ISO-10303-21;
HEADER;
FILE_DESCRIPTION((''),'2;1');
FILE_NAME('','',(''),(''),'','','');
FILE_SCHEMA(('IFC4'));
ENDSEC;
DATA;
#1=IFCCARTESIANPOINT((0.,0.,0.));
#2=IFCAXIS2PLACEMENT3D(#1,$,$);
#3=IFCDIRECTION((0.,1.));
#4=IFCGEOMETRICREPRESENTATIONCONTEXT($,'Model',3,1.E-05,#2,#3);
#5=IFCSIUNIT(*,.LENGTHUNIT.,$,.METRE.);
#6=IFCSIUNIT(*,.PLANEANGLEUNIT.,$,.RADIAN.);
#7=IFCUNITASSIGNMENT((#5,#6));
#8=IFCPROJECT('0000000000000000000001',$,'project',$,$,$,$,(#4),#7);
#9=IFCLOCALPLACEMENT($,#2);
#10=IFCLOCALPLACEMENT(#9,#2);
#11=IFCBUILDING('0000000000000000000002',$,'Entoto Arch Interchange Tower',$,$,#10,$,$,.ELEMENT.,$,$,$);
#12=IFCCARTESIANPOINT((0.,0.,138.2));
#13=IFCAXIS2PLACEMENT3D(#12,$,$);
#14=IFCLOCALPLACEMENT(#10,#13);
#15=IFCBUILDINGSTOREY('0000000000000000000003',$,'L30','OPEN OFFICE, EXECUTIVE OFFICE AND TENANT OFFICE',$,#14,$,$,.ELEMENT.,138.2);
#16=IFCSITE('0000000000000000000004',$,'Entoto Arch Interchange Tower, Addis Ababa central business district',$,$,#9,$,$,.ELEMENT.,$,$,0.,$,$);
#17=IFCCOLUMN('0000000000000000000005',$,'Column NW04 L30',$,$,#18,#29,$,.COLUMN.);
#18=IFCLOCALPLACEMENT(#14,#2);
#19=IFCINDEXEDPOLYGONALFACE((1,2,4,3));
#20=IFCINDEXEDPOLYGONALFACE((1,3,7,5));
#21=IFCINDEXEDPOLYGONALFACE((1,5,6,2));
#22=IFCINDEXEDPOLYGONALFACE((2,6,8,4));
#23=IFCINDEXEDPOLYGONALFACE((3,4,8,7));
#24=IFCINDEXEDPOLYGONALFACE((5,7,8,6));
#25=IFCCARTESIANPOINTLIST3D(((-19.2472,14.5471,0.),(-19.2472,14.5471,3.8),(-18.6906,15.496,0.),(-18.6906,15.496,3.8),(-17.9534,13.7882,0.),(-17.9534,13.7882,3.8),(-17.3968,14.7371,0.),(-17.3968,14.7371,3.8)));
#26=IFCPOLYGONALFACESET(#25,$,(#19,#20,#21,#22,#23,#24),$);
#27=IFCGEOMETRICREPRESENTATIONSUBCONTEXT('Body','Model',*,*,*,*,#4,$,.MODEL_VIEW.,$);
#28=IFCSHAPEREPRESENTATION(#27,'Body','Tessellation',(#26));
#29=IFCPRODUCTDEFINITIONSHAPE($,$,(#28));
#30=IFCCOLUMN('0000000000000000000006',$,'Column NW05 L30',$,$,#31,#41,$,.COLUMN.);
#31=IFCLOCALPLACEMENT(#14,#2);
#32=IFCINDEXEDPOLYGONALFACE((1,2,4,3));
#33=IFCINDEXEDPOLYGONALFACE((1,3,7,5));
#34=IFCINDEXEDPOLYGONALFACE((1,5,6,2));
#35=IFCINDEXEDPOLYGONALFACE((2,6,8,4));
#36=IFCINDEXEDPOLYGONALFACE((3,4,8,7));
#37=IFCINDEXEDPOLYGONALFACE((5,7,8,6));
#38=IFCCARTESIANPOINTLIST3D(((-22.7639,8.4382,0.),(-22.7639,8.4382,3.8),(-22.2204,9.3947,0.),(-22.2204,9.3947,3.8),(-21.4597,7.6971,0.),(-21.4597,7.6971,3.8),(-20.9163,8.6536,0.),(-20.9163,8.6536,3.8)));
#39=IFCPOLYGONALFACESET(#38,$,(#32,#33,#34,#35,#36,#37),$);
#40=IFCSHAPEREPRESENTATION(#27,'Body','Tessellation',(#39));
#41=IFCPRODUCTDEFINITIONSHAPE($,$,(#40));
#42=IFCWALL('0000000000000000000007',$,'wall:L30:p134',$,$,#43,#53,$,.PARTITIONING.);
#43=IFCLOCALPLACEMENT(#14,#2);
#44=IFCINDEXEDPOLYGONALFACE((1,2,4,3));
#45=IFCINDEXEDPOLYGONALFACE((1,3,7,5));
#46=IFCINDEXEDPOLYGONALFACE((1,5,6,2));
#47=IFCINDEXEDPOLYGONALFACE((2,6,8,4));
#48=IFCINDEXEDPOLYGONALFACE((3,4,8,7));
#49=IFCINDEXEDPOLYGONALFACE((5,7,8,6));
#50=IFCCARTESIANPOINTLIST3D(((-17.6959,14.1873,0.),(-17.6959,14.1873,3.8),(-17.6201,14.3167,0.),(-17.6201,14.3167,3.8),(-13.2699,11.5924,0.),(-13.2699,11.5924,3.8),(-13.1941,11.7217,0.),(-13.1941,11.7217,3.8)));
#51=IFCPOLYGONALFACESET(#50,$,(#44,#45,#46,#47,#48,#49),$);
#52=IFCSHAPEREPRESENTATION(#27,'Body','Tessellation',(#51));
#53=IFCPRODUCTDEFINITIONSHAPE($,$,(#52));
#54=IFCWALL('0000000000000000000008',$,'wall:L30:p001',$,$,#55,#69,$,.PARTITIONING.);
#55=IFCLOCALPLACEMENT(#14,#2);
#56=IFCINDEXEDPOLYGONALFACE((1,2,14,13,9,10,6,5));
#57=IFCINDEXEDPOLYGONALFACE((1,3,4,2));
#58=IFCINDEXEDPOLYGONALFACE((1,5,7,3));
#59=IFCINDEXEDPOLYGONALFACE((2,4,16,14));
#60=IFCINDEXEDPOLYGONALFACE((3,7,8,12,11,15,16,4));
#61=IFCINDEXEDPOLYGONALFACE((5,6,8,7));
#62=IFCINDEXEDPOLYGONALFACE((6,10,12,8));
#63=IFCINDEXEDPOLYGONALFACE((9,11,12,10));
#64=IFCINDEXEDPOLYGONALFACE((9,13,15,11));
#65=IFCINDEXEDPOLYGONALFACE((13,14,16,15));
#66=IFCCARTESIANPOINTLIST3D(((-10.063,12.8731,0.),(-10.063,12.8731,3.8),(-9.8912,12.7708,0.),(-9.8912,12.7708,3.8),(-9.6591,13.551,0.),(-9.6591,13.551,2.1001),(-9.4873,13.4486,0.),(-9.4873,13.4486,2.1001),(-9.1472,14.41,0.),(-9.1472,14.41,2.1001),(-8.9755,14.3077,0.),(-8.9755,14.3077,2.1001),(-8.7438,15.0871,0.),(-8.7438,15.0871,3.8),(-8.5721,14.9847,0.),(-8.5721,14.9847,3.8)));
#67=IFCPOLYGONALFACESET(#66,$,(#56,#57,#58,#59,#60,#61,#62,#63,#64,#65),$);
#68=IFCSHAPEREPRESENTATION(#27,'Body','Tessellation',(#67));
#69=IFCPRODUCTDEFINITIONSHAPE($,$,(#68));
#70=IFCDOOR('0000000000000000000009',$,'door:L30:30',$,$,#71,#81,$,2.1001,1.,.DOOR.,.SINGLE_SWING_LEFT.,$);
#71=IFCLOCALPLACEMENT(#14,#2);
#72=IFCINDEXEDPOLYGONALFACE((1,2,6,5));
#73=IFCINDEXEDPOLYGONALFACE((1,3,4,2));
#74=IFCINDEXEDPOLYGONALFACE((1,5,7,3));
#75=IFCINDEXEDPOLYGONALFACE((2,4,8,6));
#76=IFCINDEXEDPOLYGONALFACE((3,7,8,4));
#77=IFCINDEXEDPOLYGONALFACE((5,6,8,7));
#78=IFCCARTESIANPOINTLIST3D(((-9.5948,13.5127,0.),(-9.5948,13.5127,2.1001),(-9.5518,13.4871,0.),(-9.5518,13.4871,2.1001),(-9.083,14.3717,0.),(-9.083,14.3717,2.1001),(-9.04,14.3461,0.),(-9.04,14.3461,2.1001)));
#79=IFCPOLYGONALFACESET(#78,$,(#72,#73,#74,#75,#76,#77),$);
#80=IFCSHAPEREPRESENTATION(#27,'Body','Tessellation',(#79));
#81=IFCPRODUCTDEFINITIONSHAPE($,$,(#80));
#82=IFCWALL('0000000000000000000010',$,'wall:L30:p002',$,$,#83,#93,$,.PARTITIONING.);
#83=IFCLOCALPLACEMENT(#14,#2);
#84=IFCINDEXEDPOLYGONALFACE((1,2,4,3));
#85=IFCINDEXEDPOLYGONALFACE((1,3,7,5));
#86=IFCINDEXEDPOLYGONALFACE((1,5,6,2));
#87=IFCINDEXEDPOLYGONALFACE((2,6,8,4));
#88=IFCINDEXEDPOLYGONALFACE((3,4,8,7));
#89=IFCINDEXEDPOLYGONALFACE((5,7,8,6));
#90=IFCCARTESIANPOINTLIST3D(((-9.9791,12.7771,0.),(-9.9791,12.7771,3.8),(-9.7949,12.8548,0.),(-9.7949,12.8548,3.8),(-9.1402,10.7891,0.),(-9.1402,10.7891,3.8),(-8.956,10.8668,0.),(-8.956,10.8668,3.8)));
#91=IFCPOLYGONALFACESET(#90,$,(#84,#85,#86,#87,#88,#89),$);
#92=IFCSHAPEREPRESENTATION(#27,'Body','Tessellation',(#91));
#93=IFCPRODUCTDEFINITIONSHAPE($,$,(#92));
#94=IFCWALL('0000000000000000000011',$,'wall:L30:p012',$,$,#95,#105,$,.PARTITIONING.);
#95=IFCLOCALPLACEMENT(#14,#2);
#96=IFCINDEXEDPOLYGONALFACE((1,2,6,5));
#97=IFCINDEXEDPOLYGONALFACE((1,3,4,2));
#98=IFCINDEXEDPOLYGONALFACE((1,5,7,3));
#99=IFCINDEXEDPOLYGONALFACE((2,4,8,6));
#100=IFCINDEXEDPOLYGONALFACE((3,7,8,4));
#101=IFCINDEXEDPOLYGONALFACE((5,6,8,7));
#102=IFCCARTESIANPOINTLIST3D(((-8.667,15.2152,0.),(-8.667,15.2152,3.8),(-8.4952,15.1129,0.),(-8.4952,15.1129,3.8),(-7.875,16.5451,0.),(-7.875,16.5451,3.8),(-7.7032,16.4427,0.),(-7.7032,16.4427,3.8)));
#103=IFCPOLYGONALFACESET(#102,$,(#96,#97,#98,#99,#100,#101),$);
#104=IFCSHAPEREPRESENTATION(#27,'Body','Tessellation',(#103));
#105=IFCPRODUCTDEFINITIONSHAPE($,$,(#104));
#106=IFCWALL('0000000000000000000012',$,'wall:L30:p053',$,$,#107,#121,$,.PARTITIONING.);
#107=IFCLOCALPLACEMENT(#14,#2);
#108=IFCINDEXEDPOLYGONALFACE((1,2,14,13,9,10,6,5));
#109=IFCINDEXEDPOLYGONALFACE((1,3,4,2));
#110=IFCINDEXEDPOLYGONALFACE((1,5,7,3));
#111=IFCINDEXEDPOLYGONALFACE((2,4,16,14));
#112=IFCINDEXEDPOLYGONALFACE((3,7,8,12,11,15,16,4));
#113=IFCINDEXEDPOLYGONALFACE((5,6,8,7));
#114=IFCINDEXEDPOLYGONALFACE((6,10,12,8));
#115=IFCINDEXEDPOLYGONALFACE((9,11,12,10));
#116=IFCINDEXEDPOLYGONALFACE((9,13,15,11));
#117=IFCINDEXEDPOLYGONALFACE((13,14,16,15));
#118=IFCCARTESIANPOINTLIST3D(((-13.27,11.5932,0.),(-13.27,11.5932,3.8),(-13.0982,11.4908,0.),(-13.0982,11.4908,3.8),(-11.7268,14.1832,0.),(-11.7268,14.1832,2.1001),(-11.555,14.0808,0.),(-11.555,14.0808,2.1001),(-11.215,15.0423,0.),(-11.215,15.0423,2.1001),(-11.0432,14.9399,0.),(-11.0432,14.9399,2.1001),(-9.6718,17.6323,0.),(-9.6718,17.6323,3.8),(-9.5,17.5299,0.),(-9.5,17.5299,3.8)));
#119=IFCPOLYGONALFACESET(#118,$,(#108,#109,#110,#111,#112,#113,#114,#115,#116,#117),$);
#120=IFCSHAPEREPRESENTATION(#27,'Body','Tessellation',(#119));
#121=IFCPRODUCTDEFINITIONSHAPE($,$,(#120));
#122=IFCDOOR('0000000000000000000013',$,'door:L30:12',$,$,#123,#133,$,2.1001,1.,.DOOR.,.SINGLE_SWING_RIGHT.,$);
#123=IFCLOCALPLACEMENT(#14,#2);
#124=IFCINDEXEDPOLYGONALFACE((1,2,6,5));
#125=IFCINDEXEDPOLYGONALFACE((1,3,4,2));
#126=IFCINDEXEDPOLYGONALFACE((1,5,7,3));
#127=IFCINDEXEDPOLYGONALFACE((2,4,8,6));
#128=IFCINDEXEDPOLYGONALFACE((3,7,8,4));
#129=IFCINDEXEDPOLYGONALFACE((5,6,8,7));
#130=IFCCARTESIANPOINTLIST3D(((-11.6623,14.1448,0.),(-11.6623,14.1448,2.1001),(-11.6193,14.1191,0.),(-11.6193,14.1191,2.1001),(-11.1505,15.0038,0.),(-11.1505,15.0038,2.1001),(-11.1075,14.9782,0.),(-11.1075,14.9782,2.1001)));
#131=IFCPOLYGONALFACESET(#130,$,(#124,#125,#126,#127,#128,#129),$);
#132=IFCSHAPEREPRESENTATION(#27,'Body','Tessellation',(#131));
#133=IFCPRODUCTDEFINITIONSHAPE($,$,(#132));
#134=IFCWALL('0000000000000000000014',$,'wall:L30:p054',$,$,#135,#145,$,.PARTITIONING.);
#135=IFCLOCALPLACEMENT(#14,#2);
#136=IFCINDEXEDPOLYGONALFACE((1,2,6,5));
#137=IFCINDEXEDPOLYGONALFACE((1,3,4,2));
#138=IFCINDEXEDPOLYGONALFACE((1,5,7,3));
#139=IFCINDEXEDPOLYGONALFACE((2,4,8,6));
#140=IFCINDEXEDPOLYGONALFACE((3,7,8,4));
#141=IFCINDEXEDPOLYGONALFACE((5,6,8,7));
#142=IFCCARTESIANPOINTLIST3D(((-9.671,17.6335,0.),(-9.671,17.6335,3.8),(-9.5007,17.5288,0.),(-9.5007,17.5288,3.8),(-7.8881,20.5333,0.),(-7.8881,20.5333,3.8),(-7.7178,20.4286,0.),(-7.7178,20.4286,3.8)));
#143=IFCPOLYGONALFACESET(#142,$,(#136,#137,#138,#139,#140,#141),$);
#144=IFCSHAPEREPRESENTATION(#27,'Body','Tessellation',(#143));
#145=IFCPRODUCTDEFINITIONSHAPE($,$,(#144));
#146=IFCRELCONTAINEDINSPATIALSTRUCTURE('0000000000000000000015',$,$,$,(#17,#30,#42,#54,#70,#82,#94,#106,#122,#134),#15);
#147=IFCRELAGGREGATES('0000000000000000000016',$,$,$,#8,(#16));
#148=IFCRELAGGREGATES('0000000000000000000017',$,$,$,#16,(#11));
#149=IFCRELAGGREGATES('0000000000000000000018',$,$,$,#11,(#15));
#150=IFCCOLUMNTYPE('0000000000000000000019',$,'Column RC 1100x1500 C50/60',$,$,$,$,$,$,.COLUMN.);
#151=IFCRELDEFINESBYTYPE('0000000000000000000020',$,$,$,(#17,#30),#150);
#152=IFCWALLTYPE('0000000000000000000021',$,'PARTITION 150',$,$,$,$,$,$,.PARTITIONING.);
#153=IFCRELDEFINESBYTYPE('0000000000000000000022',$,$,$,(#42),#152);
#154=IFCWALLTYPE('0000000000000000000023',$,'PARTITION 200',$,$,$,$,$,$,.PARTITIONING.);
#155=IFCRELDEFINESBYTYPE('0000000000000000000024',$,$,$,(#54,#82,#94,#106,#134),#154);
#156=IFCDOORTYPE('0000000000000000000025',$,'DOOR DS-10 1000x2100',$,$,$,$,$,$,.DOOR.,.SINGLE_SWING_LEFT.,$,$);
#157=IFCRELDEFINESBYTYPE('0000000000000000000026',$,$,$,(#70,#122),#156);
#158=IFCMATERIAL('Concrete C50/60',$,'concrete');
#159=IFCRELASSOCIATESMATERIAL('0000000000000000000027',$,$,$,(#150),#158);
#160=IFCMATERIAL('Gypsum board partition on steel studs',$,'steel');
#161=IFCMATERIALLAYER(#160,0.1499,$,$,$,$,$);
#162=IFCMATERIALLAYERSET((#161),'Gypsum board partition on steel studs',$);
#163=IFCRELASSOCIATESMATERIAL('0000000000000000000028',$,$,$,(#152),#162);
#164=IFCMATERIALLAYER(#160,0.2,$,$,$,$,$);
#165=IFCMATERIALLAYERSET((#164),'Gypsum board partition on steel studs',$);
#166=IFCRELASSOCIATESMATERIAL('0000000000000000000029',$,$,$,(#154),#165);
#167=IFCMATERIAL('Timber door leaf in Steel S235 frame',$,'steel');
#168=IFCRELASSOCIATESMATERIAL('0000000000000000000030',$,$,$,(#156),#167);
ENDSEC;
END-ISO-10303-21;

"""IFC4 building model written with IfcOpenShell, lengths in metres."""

from ifc_helpers import new_model, si_unit, direction, frame, frame_2d, origin, origin_2d, place, context, subcontext, project, spatial, rectangle, extrude, material, layer, layer_set, material_profile, profile_set, type_object, element, fill, save


model = new_model("IFC4")

# Units and contexts
model_context = context("Model", 3, precision=1e-05, world=origin(), true_north=direction((0.0, 1.0)))
body_context = subcontext(model_context, "Body", "Model", "MODEL_VIEW")
ifc_project = project(units=[si_unit("LENGTHUNIT", "METRE"), si_unit("PLANEANGLEUNIT", "RADIAN")], contexts=[model_context])

# Site, building, storey
site_placement = place(None, origin())
site = spatial("IfcSite", under=ifc_project, at=site_placement, Name="Entoto Arch Interchange Tower, Addis Ababa central business district", CompositionType="ELEMENT", RefElevation=0.0)
building_placement = place(site_placement, origin())
building = spatial("IfcBuilding", under=site, at=building_placement, Name="Entoto Arch Interchange Tower", CompositionType="ELEMENT")
storey_placement = place(building_placement, frame((0.0, 0.0, 138.2)))
storey = spatial("IfcBuildingStorey", under=building, at=storey_placement, Name="L30", Description="OPEN OFFICE, EXECUTIVE OFFICE AND TENANT OFFICE", CompositionType="ELEMENT", Elevation=138.2)

# Columns
ifc_material_1 = material(Name="Concrete C50/60", Category="concrete")
ifc_material_profile = material_profile(ifc_material_1, rectangle(XDim=1.1001, YDim=1.5, at=origin_2d()))
ifc_profile_set = profile_set([ifc_material_profile], Name="Concrete C50/60")
column_type = type_object("IfcColumnType", Name="Column RC 1100x1500 C50/60", PredefinedType="COLUMN", material=ifc_profile_set)
for number, where, z_axis, x_axis, name in (
    (1, (-18.322, 14.6421, 0.0), (0.0, 0.0, 1.0), (0.505958, 0.862558, 0.0), "Column NW04 L30"),
    (2, (-21.8401, 8.5459, 0.0), (0.0, 0.0, 1.0), (0.494018, 0.869452, 0.0), "Column NW05 L30"),
):
    element("IfcColumn", number, at=place(storey_placement, frame(where, z_axis=z_axis, x_axis=x_axis)), inside=storey, type_object=column_type, Name=name, PredefinedType="COLUMN", context=body_context, shape_type="SweptSolid", body=[
        extrude(rectangle(XDim=1.1001, YDim=1.5, at=origin_2d()), origin(), (0.0, 0.0, 1.0), 3.8),
    ])

# Wall
ifc_material_2 = material(Name="Gypsum board partition on steel studs", Category="steel")
ifc_layer_1 = layer(ifc_material_2, 0.1499)
ifc_layer_set_1 = layer_set([ifc_layer_1], Name="Gypsum board partition on steel studs")
wall_type_1 = type_object("IfcWallType", Name="PARTITION 150", PredefinedType="PARTITIONING", material=ifc_layer_set_1)
wall_1_placement = place(storey_placement, frame((-13.2319, 11.657, 0.0), z_axis=(0.0, 0.0, 1.0), x_axis=(-0.862664, 0.505778, 0.0)))
element("IfcWall", 3, at=wall_1_placement, inside=storey, type_object=wall_type_1, Name="wall:L30:p134", PredefinedType="PARTITIONING", context=body_context, shape_type="SweptSolid", body=[
    extrude(rectangle(XDim=5.1306, YDim=0.1499, at=frame_2d((2.5654, 0.0))), origin(), (0.0, 0.0, 1.0), 3.8),
])

# Wall, opening, door
ifc_layer_2 = layer(ifc_material_2, 0.2)
ifc_layer_set_2 = layer_set([ifc_layer_2], Name="Gypsum board partition on steel studs")
wall_type_2 = type_object("IfcWallType", Name="PARTITION 200", PredefinedType="PARTITIONING", material=ifc_layer_set_2)
wall_2_placement = place(storey_placement, frame((-8.658, 15.0359, 0.0), z_axis=(0.0, 0.0, 1.0), x_axis=(-0.51186, -0.859069, 0.0)))
wall_2 = element("IfcWall", 4, at=wall_2_placement, inside=storey, type_object=wall_type_2, Name="wall:L30:p001", PredefinedType="PARTITIONING", context=body_context, shape_type="SweptSolid", body=[
    extrude(rectangle(XDim=2.5771, YDim=0.2, at=frame_2d((1.2886, 0.0))), origin(), (0.0, 0.0, 1.0), 3.8),
])
opening_1_placement = place(wall_2_placement, frame((0.7881, 0.0, 0.0)))
opening_1 = element("IfcOpeningElement", 5, at=opening_1_placement, cuts=wall_2, PredefinedType="OPENING", context=body_context, shape_type="SweptSolid", body=[
    extrude(rectangle(XDim=1.0, YDim=2.1001, at=frame_2d((0.5, 1.05))), frame((0.0, 0.1099, 0.0), z_axis=(0.0, -1.0, 0.0), x_axis=(1.0, 0.0, 0.0)), (0.0, 0.0, 1.0), 0.22),
])
ifc_material_3 = material(Name="Timber door leaf in Steel S235 frame", Category="steel")
door_type_1 = type_object("IfcDoorType", Name="DOOR DS-10 1000x2100", OperationType="SINGLE_SWING_LEFT", PredefinedType="DOOR", material=ifc_material_3)
door_1_placement = place(opening_1_placement, origin())
door_1 = element("IfcDoor", 6, at=door_1_placement, inside=storey, type_object=door_type_1, Name="door:L30:30", OperationType="SINGLE_SWING_LEFT", OverallHeight=2.1001, OverallWidth=1.0, PredefinedType="DOOR", context=body_context, shape_type="SweptSolid", body=[
    extrude(rectangle(XDim=1.0, YDim=2.1001, at=frame_2d((0.5, 1.05))), frame((0.0, 0.0249, 0.0), z_axis=(0.0, -1.0, 0.0), x_axis=(1.0, 0.0, 0.0)), (0.0, 0.0, 1.0), 0.05),
])
fill(opening_1, door_1)

# Walls
wall_3_placement = place(storey_placement, frame((-9.887, 12.8159, 0.0), z_axis=(0.0, 0.0, 1.0), x_axis=(0.388765, -0.921337, 0.0)))
element("IfcWall", 7, at=wall_3_placement, inside=storey, type_object=wall_type_2, Name="wall:L30:p002", PredefinedType="PARTITIONING", context=body_context, shape_type="SweptSolid", body=[
    extrude(rectangle(XDim=2.1577, YDim=0.2, at=frame_2d((1.0789, 0.0))), origin(), (0.0, 0.0, 1.0), 3.8),
])
wall_4_placement = place(storey_placement, frame((-7.7891, 16.4939, 0.0), z_axis=(0.0, 0.0, 1.0), x_axis=(-0.511686, -0.859172, 0.0)))
element("IfcWall", 8, at=wall_4_placement, inside=storey, type_object=wall_type_2, Name="wall:L30:p012", PredefinedType="PARTITIONING", context=body_context, shape_type="SweptSolid", body=[
    extrude(rectangle(XDim=1.5479, YDim=0.2, at=frame_2d((0.7739, 0.0))), origin(), (0.0, 0.0, 1.0), 3.8),
])

# Wall, opening, door
wall_5_placement = place(storey_placement, frame((-13.1841, 11.542, 0.0), z_axis=(0.0, 0.0, 1.0), x_axis=(0.511848, 0.859076, 0.0)))
wall_5 = element("IfcWall", 9, at=wall_5_placement, inside=storey, type_object=wall_type_2, Name="wall:L30:p053", PredefinedType="PARTITIONING", context=body_context, shape_type="SweptSolid", body=[
    extrude(rectangle(XDim=7.0298, YDim=0.2, at=frame_2d((3.5149, 0.0))), origin(), (0.0, 0.0, 1.0), 3.8),
])
opening_2_placement = place(wall_5_placement, frame((3.0149, 0.0, 0.0)))
opening_2 = element("IfcOpeningElement", 10, at=opening_2_placement, cuts=wall_5, PredefinedType="OPENING", context=body_context, shape_type="SweptSolid", body=[
    extrude(rectangle(XDim=1.0, YDim=2.1001, at=frame_2d((0.5, 1.05))), frame((0.0, 0.1099, 0.0), z_axis=(0.0, -1.0, 0.0), x_axis=(1.0, 0.0, 0.0)), (0.0, 0.0, 1.0), 0.22),
])
door_2_placement = place(opening_2_placement, origin())
door_2 = element("IfcDoor", 11, at=door_2_placement, inside=storey, type_object=door_type_1, Name="door:L30:12", OperationType="SINGLE_SWING_RIGHT", OverallHeight=2.1001, OverallWidth=1.0, PredefinedType="DOOR", context=body_context, shape_type="SweptSolid", body=[
    extrude(rectangle(XDim=1.0, YDim=2.1001, at=frame_2d((0.5, 1.05))), frame((0.0, 0.0249, 0.0), z_axis=(0.0, -1.0, 0.0), x_axis=(1.0, 0.0, 0.0)), (0.0, 0.0, 1.0), 0.05),
])
fill(opening_2, door_2)

# Wall
wall_6_placement = place(storey_placement, frame((-9.5859, 17.5811, 0.0), z_axis=(0.0, 0.0, 1.0), x_axis=(0.523757, 0.851868, 0.0)))
element("IfcWall", 12, at=wall_6_placement, inside=storey, type_object=wall_type_2, Name="wall:L30:p054", PredefinedType="PARTITIONING", context=body_context, shape_type="SweptSolid", body=[
    extrude(rectangle(XDim=3.4041, YDim=0.2, at=frame_2d((1.7021, 0.0))), origin(), (0.0, 0.0, 1.0), 3.8),
])

save(model, "model.ifc")
